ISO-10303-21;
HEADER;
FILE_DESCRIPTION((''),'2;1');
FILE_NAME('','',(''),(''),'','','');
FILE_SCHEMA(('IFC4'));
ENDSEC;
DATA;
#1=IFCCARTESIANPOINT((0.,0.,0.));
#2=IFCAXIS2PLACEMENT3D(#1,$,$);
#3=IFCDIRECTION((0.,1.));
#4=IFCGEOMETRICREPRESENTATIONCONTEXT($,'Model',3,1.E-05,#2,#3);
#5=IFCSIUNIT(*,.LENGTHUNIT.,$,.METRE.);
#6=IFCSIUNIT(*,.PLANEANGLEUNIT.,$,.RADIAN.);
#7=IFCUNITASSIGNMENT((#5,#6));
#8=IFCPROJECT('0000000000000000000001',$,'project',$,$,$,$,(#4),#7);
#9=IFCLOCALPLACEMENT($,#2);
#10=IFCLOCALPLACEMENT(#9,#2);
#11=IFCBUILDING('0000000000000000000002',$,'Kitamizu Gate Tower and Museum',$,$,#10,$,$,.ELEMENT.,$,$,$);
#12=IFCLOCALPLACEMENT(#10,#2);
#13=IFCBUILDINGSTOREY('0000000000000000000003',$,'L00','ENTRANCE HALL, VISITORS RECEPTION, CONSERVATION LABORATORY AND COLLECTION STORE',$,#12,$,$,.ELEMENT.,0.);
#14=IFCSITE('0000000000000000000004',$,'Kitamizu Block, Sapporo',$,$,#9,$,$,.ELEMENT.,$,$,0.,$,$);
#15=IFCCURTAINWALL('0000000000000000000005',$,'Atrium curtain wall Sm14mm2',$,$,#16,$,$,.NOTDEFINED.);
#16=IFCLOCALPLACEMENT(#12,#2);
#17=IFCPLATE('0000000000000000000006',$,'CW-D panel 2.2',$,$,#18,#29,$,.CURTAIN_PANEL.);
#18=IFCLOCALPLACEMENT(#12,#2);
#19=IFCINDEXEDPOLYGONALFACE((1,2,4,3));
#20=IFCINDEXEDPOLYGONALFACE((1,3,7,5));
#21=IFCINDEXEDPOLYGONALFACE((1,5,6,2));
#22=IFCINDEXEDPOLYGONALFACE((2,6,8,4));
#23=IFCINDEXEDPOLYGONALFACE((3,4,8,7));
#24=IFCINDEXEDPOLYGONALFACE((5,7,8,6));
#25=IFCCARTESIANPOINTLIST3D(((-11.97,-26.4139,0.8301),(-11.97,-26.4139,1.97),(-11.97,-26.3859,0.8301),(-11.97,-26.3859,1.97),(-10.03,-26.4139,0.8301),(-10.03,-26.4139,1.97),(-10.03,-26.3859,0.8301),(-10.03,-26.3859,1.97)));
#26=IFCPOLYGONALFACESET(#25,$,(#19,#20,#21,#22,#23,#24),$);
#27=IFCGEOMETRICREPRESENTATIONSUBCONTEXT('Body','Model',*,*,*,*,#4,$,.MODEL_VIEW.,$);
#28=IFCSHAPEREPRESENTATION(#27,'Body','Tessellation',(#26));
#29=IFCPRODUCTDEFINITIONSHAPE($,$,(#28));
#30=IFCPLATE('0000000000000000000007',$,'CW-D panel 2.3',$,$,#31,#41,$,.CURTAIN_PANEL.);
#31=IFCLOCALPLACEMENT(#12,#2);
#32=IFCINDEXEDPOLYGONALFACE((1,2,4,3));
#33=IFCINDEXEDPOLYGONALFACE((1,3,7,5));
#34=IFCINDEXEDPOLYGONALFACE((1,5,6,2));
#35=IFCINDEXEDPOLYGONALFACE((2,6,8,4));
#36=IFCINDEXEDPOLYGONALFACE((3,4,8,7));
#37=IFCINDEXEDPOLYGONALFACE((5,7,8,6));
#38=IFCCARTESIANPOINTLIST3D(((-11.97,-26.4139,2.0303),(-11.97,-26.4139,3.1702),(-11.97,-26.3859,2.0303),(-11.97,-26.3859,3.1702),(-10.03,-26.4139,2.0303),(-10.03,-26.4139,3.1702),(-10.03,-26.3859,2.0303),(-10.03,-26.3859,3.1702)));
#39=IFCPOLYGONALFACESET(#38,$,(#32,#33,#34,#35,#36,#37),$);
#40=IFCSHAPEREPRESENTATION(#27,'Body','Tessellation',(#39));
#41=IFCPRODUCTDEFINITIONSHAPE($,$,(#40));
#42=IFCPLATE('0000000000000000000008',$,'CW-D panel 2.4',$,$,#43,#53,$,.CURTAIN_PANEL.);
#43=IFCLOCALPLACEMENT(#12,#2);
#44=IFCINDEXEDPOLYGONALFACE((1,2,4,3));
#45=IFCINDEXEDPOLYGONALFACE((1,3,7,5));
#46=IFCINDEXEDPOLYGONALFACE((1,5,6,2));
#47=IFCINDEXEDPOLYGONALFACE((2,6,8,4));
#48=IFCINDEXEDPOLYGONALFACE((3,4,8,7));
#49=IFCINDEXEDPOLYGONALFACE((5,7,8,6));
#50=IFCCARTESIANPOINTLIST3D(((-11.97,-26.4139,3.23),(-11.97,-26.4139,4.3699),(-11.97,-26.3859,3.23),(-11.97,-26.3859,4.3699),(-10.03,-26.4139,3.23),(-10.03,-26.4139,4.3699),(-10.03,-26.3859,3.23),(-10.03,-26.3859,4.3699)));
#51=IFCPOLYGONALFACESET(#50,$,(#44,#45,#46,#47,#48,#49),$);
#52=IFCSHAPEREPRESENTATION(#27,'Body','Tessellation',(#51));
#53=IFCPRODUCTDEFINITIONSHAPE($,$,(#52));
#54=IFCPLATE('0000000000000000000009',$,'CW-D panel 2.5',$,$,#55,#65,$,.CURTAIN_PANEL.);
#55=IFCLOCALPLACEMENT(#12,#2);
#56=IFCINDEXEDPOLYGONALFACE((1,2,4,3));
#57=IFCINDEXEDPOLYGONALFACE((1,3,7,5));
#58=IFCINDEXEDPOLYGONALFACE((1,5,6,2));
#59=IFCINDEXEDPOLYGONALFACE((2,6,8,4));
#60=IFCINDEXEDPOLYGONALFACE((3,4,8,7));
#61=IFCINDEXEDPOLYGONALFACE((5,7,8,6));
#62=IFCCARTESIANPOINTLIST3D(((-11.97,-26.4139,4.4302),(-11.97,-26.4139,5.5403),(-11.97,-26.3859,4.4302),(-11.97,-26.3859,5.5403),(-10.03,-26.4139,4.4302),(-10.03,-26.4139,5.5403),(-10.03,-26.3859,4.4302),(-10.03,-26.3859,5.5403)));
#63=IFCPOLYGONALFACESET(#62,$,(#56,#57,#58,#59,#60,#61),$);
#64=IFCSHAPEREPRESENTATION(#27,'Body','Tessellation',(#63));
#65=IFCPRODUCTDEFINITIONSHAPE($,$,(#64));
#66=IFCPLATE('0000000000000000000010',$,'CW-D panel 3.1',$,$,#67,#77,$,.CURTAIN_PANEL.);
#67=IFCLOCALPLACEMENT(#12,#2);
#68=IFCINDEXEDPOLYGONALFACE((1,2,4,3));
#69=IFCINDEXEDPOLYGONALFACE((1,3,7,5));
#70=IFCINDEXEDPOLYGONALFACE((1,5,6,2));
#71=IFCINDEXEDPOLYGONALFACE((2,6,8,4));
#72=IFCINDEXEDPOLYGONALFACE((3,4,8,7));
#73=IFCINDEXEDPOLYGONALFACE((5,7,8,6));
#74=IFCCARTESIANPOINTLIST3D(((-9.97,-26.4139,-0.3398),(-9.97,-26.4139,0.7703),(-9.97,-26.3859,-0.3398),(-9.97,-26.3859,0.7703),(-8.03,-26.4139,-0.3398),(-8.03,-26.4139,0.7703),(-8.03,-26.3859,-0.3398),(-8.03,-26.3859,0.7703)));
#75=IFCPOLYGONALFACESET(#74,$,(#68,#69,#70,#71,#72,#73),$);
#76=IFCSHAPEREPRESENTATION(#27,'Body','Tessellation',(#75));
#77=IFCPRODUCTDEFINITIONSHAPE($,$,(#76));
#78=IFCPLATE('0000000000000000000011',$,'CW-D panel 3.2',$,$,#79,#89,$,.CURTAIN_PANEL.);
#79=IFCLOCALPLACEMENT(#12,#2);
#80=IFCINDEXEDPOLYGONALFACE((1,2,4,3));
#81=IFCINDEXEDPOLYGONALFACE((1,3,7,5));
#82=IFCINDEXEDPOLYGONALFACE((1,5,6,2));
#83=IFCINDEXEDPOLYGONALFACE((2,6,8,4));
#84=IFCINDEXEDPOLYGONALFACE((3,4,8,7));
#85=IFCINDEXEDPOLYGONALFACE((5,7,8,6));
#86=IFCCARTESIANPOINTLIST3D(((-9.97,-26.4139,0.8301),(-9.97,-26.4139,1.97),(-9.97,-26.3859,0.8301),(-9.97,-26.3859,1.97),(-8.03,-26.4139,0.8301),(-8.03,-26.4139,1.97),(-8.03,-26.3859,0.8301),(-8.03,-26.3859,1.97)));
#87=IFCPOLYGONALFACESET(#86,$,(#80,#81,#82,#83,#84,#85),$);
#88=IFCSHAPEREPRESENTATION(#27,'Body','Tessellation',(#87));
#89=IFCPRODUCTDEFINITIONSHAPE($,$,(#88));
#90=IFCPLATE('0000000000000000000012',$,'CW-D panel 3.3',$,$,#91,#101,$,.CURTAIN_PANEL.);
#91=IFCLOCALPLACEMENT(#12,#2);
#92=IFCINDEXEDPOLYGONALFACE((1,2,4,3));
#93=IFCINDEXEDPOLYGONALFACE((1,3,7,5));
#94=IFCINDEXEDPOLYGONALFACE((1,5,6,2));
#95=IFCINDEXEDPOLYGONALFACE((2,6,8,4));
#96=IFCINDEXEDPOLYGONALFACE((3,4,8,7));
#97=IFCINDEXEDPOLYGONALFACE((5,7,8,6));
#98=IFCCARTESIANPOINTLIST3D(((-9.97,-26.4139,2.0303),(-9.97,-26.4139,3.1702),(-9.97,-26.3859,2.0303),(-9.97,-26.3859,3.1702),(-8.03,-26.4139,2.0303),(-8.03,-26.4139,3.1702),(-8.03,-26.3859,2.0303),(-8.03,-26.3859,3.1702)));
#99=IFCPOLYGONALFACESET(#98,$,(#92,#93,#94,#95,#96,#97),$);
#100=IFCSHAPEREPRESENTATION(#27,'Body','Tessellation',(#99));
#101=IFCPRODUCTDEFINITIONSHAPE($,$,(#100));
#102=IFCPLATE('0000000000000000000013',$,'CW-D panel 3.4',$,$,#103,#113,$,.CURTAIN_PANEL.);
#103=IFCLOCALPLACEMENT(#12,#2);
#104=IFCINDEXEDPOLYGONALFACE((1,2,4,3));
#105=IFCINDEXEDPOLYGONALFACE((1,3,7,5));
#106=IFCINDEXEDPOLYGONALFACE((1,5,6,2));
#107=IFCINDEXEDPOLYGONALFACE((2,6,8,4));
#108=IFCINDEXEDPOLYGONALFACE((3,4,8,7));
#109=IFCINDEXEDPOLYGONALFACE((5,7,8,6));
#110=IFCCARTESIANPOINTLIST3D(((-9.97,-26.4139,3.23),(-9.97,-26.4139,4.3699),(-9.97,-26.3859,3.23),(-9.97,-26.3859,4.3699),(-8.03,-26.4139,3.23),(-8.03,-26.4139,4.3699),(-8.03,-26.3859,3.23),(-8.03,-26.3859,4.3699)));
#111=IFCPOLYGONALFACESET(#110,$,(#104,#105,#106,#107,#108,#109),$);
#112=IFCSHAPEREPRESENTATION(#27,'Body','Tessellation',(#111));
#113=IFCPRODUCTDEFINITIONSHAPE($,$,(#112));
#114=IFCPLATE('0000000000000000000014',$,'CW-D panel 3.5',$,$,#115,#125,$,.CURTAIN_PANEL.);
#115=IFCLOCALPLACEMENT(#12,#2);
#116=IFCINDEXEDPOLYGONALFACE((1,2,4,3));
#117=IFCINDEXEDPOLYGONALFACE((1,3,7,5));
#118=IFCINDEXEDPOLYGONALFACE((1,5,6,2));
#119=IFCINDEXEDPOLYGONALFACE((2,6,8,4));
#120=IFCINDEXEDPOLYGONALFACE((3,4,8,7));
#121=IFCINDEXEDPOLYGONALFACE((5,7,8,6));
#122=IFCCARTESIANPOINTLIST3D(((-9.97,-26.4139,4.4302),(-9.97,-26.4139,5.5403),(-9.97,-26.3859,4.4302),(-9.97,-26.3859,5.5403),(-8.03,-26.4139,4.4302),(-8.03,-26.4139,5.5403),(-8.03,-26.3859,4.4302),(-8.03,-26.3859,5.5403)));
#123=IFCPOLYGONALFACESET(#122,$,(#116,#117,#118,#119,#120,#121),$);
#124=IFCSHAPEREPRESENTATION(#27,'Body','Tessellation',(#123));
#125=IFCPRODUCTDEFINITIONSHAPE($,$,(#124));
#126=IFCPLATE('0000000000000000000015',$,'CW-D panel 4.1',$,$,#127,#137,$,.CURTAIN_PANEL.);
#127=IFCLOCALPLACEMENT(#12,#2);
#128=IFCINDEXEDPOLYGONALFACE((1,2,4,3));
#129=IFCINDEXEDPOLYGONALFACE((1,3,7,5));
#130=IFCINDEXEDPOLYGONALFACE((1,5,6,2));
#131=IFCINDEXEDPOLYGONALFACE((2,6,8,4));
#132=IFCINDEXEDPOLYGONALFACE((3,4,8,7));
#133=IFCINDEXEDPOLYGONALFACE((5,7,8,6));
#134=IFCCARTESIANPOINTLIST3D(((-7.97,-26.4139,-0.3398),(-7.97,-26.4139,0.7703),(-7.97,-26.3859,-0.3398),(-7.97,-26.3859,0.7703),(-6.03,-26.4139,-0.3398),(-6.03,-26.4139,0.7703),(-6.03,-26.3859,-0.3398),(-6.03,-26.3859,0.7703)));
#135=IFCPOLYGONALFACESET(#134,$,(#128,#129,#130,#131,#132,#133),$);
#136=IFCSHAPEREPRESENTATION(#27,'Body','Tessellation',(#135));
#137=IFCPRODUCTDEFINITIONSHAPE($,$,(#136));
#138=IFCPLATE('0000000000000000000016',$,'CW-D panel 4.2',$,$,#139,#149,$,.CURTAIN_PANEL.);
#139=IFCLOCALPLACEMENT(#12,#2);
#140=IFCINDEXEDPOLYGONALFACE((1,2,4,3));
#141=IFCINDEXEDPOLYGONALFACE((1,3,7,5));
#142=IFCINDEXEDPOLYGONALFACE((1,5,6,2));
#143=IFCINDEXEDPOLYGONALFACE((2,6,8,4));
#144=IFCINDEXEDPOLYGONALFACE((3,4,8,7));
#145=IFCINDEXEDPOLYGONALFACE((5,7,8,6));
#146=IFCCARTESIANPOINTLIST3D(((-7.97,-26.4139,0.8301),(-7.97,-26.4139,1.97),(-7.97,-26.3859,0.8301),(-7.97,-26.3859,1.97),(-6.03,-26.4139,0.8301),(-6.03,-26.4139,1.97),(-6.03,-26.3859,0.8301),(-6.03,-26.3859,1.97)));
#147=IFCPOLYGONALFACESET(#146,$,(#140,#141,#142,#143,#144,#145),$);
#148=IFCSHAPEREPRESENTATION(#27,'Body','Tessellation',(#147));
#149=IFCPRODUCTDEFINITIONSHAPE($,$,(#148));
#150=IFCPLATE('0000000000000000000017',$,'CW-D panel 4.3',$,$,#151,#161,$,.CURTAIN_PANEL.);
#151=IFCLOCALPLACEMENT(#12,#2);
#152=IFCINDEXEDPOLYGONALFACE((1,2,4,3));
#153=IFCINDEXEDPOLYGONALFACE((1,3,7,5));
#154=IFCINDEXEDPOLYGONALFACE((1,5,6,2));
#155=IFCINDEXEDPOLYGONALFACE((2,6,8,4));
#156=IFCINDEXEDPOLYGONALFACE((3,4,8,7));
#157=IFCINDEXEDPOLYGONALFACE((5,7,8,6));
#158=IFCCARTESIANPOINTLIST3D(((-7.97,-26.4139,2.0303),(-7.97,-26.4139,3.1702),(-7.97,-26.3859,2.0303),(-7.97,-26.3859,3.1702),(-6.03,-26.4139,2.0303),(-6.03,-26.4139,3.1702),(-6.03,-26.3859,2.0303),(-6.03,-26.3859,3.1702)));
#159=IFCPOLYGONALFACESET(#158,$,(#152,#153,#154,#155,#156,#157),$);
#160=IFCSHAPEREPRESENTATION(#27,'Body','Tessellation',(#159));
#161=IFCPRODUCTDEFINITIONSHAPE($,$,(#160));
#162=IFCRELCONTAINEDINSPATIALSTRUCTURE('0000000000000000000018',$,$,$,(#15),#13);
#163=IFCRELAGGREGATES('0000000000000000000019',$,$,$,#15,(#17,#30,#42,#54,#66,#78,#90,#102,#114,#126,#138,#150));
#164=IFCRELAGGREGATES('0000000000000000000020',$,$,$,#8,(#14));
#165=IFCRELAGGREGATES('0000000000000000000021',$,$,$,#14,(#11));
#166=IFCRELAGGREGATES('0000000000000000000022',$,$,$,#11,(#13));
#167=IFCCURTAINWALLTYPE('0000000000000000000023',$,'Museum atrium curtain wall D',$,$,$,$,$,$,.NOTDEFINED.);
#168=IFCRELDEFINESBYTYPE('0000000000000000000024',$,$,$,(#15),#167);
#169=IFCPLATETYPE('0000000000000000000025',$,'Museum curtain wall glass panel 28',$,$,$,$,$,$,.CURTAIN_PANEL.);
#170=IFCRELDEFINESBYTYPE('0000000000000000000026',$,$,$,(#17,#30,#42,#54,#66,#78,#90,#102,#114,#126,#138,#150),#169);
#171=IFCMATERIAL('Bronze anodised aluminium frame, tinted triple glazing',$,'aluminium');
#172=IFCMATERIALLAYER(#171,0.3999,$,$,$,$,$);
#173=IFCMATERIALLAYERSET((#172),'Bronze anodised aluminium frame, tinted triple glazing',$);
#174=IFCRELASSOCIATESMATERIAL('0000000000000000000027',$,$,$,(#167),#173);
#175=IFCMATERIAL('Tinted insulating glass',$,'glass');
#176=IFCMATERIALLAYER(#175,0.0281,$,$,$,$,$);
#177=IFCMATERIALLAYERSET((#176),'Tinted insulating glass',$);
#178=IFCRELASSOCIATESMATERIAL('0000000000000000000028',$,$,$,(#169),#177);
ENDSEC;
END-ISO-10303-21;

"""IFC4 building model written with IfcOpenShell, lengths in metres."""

from ifc_helpers import new_model, si_unit, direction, frame, origin, origin_2d, place, context, subcontext, project, spatial, rectangle, extrude, material, layer, layer_set, type_object, element, aggregate, save


model = new_model("IFC4")

# Units and contexts
model_context = context("Model", 3, precision=1e-05, world=origin(), true_north=direction((0.0, 1.0)))
body_context = subcontext(model_context, "Body", "Model", "MODEL_VIEW")
ifc_project = project(units=[si_unit("LENGTHUNIT", "METRE"), si_unit("PLANEANGLEUNIT", "RADIAN")], contexts=[model_context])

# Site, building, storey
site_placement = place(None, origin())
site = spatial("IfcSite", under=ifc_project, at=site_placement, Name="Kitamizu Block, Sapporo", CompositionType="ELEMENT", RefElevation=0.0)
building_placement = place(site_placement, origin())
building = spatial("IfcBuilding", under=site, at=building_placement, Name="Kitamizu Gate Tower and Museum", CompositionType="ELEMENT")
storey_placement = place(building_placement, origin())
storey = spatial("IfcBuildingStorey", under=building, at=storey_placement, Name="L00", Description="ENTRANCE HALL, VISITORS RECEPTION, CONSERVATION LABORATORY AND COLLECTION STORE", CompositionType="ELEMENT", Elevation=0.0)

# Curtain wall, plates
ifc_material_1 = material(Name="Bronze anodised aluminium frame, tinted triple glazing", Category="aluminium")
ifc_layer_1 = layer(ifc_material_1, 0.3999)
ifc_layer_set_1 = layer_set([ifc_layer_1], Name="Bronze anodised aluminium frame, tinted triple glazing")
curtain_wall_type = type_object("IfcCurtainWallType", Name="Museum atrium curtain wall D", PredefinedType="NOTDEFINED", material=ifc_layer_set_1)
curtain_wall_placement = place(storey_placement, origin())
curtain_wall = element("IfcCurtainWall", 1, at=curtain_wall_placement, inside=storey, type_object=curtain_wall_type, Name="Atrium curtain wall Sm14mm2", PredefinedType="NOTDEFINED")
ifc_material_2 = material(Name="Tinted insulating glass", Category="glass")
ifc_layer_2 = layer(ifc_material_2, 0.0281)
ifc_layer_set_2 = layer_set([ifc_layer_2], Name="Tinted insulating glass")
plate_type = type_object("IfcPlateType", Name="Museum curtain wall glass panel 28", PredefinedType="CURTAIN_PANEL", material=ifc_layer_set_2)
plate_1_placement = place(storey_placement, frame((-11.0, -26.3999, 0.8301), z_axis=(0.0, 0.0, 1.0), x_axis=(1.0, 0.0, 0.0)))
plate_1 = element("IfcPlate", 2, at=plate_1_placement, type_object=plate_type, Name="CW-D panel 2.2", PredefinedType="CURTAIN_PANEL", context=body_context, shape_type="SweptSolid", body=[
    extrude(rectangle(XDim=1.9399, YDim=0.0281, at=origin_2d()), origin(), (0.0, 0.0, 1.0), 1.1399),
])
plate_2_placement = place(storey_placement, frame((-11.0, -26.3999, 2.0303), z_axis=(0.0, 0.0, 1.0), x_axis=(1.0, 0.0, 0.0)))
plate_2 = element("IfcPlate", 3, at=plate_2_placement, type_object=plate_type, Name="CW-D panel 2.3", PredefinedType="CURTAIN_PANEL", context=body_context, shape_type="SweptSolid", body=[
    extrude(rectangle(XDim=1.9399, YDim=0.0281, at=origin_2d()), origin(), (0.0, 0.0, 1.0), 1.1399),
])
plate_3_placement = place(storey_placement, frame((-11.0, -26.3999, 3.23), z_axis=(0.0, 0.0, 1.0), x_axis=(1.0, 0.0, 0.0)))
plate_3 = element("IfcPlate", 4, at=plate_3_placement, type_object=plate_type, Name="CW-D panel 2.4", PredefinedType="CURTAIN_PANEL", context=body_context, shape_type="SweptSolid", body=[
    extrude(rectangle(XDim=1.9399, YDim=0.0281, at=origin_2d()), origin(), (0.0, 0.0, 1.0), 1.1399),
])
plate_4_placement = place(storey_placement, frame((-11.0, -26.3999, 4.4302), z_axis=(0.0, 0.0, 1.0), x_axis=(1.0, 0.0, 0.0)))
plate_4 = element("IfcPlate", 5, at=plate_4_placement, type_object=plate_type, Name="CW-D panel 2.5", PredefinedType="CURTAIN_PANEL", context=body_context, shape_type="SweptSolid", body=[
    extrude(rectangle(XDim=1.9399, YDim=0.0281, at=origin_2d()), origin(), (0.0, 0.0, 1.0), 1.1101),
])
plate_5_placement = place(storey_placement, frame((-9.0, -26.3999, -0.3398), z_axis=(0.0, 0.0, 1.0), x_axis=(1.0, 0.0, 0.0)))
plate_5 = element("IfcPlate", 6, at=plate_5_placement, type_object=plate_type, Name="CW-D panel 3.1", PredefinedType="CURTAIN_PANEL", context=body_context, shape_type="SweptSolid", body=[
    extrude(rectangle(XDim=1.9399, YDim=0.0281, at=origin_2d()), origin(), (0.0, 0.0, 1.0), 1.1101),
])
plate_6_placement = place(storey_placement, frame((-9.0, -26.3999, 0.8301), z_axis=(0.0, 0.0, 1.0), x_axis=(1.0, 0.0, 0.0)))
plate_6 = element("IfcPlate", 7, at=plate_6_placement, type_object=plate_type, Name="CW-D panel 3.2", PredefinedType="CURTAIN_PANEL", context=body_context, shape_type="SweptSolid", body=[
    extrude(rectangle(XDim=1.9399, YDim=0.0281, at=origin_2d()), origin(), (0.0, 0.0, 1.0), 1.1399),
])
plate_7_placement = place(storey_placement, frame((-9.0, -26.3999, 2.0303), z_axis=(0.0, 0.0, 1.0), x_axis=(1.0, 0.0, 0.0)))
plate_7 = element("IfcPlate", 8, at=plate_7_placement, type_object=plate_type, Name="CW-D panel 3.3", PredefinedType="CURTAIN_PANEL", context=body_context, shape_type="SweptSolid", body=[
    extrude(rectangle(XDim=1.9399, YDim=0.0281, at=origin_2d()), origin(), (0.0, 0.0, 1.0), 1.1399),
])
plate_8_placement = place(storey_placement, frame((-9.0, -26.3999, 3.23), z_axis=(0.0, 0.0, 1.0), x_axis=(1.0, 0.0, 0.0)))
plate_8 = element("IfcPlate", 9, at=plate_8_placement, type_object=plate_type, Name="CW-D panel 3.4", PredefinedType="CURTAIN_PANEL", context=body_context, shape_type="SweptSolid", body=[
    extrude(rectangle(XDim=1.9399, YDim=0.0281, at=origin_2d()), origin(), (0.0, 0.0, 1.0), 1.1399),
])
plate_9_placement = place(storey_placement, frame((-9.0, -26.3999, 4.4302), z_axis=(0.0, 0.0, 1.0), x_axis=(1.0, 0.0, 0.0)))
plate_9 = element("IfcPlate", 10, at=plate_9_placement, type_object=plate_type, Name="CW-D panel 3.5", PredefinedType="CURTAIN_PANEL", context=body_context, shape_type="SweptSolid", body=[
    extrude(rectangle(XDim=1.9399, YDim=0.0281, at=origin_2d()), origin(), (0.0, 0.0, 1.0), 1.1101),
])
plate_10_placement = place(storey_placement, frame((-7.0, -26.3999, -0.3398), z_axis=(0.0, 0.0, 1.0), x_axis=(1.0, 0.0, 0.0)))
plate_10 = element("IfcPlate", 11, at=plate_10_placement, type_object=plate_type, Name="CW-D panel 4.1", PredefinedType="CURTAIN_PANEL", context=body_context, shape_type="SweptSolid", body=[
    extrude(rectangle(XDim=1.9399, YDim=0.0281, at=origin_2d()), origin(), (0.0, 0.0, 1.0), 1.1101),
])
plate_11_placement = place(storey_placement, frame((-7.0, -26.3999, 0.8301), z_axis=(0.0, 0.0, 1.0), x_axis=(1.0, 0.0, 0.0)))
plate_11 = element("IfcPlate", 12, at=plate_11_placement, type_object=plate_type, Name="CW-D panel 4.2", PredefinedType="CURTAIN_PANEL", context=body_context, shape_type="SweptSolid", body=[
    extrude(rectangle(XDim=1.9399, YDim=0.0281, at=origin_2d()), origin(), (0.0, 0.0, 1.0), 1.1399),
])
plate_12_placement = place(storey_placement, frame((-7.0, -26.3999, 2.0303), z_axis=(0.0, 0.0, 1.0), x_axis=(1.0, 0.0, 0.0)))
plate_12 = element("IfcPlate", 13, at=plate_12_placement, type_object=plate_type, Name="CW-D panel 4.3", PredefinedType="CURTAIN_PANEL", context=body_context, shape_type="SweptSolid", body=[
    extrude(rectangle(XDim=1.9399, YDim=0.0281, at=origin_2d()), origin(), (0.0, 0.0, 1.0), 1.1399),
])
aggregate(curtain_wall, [plate_1, plate_2, plate_3, plate_4, plate_5, plate_6, plate_7, plate_8, plate_9, plate_10, plate_11, plate_12])

save(model, "model.ifc")
